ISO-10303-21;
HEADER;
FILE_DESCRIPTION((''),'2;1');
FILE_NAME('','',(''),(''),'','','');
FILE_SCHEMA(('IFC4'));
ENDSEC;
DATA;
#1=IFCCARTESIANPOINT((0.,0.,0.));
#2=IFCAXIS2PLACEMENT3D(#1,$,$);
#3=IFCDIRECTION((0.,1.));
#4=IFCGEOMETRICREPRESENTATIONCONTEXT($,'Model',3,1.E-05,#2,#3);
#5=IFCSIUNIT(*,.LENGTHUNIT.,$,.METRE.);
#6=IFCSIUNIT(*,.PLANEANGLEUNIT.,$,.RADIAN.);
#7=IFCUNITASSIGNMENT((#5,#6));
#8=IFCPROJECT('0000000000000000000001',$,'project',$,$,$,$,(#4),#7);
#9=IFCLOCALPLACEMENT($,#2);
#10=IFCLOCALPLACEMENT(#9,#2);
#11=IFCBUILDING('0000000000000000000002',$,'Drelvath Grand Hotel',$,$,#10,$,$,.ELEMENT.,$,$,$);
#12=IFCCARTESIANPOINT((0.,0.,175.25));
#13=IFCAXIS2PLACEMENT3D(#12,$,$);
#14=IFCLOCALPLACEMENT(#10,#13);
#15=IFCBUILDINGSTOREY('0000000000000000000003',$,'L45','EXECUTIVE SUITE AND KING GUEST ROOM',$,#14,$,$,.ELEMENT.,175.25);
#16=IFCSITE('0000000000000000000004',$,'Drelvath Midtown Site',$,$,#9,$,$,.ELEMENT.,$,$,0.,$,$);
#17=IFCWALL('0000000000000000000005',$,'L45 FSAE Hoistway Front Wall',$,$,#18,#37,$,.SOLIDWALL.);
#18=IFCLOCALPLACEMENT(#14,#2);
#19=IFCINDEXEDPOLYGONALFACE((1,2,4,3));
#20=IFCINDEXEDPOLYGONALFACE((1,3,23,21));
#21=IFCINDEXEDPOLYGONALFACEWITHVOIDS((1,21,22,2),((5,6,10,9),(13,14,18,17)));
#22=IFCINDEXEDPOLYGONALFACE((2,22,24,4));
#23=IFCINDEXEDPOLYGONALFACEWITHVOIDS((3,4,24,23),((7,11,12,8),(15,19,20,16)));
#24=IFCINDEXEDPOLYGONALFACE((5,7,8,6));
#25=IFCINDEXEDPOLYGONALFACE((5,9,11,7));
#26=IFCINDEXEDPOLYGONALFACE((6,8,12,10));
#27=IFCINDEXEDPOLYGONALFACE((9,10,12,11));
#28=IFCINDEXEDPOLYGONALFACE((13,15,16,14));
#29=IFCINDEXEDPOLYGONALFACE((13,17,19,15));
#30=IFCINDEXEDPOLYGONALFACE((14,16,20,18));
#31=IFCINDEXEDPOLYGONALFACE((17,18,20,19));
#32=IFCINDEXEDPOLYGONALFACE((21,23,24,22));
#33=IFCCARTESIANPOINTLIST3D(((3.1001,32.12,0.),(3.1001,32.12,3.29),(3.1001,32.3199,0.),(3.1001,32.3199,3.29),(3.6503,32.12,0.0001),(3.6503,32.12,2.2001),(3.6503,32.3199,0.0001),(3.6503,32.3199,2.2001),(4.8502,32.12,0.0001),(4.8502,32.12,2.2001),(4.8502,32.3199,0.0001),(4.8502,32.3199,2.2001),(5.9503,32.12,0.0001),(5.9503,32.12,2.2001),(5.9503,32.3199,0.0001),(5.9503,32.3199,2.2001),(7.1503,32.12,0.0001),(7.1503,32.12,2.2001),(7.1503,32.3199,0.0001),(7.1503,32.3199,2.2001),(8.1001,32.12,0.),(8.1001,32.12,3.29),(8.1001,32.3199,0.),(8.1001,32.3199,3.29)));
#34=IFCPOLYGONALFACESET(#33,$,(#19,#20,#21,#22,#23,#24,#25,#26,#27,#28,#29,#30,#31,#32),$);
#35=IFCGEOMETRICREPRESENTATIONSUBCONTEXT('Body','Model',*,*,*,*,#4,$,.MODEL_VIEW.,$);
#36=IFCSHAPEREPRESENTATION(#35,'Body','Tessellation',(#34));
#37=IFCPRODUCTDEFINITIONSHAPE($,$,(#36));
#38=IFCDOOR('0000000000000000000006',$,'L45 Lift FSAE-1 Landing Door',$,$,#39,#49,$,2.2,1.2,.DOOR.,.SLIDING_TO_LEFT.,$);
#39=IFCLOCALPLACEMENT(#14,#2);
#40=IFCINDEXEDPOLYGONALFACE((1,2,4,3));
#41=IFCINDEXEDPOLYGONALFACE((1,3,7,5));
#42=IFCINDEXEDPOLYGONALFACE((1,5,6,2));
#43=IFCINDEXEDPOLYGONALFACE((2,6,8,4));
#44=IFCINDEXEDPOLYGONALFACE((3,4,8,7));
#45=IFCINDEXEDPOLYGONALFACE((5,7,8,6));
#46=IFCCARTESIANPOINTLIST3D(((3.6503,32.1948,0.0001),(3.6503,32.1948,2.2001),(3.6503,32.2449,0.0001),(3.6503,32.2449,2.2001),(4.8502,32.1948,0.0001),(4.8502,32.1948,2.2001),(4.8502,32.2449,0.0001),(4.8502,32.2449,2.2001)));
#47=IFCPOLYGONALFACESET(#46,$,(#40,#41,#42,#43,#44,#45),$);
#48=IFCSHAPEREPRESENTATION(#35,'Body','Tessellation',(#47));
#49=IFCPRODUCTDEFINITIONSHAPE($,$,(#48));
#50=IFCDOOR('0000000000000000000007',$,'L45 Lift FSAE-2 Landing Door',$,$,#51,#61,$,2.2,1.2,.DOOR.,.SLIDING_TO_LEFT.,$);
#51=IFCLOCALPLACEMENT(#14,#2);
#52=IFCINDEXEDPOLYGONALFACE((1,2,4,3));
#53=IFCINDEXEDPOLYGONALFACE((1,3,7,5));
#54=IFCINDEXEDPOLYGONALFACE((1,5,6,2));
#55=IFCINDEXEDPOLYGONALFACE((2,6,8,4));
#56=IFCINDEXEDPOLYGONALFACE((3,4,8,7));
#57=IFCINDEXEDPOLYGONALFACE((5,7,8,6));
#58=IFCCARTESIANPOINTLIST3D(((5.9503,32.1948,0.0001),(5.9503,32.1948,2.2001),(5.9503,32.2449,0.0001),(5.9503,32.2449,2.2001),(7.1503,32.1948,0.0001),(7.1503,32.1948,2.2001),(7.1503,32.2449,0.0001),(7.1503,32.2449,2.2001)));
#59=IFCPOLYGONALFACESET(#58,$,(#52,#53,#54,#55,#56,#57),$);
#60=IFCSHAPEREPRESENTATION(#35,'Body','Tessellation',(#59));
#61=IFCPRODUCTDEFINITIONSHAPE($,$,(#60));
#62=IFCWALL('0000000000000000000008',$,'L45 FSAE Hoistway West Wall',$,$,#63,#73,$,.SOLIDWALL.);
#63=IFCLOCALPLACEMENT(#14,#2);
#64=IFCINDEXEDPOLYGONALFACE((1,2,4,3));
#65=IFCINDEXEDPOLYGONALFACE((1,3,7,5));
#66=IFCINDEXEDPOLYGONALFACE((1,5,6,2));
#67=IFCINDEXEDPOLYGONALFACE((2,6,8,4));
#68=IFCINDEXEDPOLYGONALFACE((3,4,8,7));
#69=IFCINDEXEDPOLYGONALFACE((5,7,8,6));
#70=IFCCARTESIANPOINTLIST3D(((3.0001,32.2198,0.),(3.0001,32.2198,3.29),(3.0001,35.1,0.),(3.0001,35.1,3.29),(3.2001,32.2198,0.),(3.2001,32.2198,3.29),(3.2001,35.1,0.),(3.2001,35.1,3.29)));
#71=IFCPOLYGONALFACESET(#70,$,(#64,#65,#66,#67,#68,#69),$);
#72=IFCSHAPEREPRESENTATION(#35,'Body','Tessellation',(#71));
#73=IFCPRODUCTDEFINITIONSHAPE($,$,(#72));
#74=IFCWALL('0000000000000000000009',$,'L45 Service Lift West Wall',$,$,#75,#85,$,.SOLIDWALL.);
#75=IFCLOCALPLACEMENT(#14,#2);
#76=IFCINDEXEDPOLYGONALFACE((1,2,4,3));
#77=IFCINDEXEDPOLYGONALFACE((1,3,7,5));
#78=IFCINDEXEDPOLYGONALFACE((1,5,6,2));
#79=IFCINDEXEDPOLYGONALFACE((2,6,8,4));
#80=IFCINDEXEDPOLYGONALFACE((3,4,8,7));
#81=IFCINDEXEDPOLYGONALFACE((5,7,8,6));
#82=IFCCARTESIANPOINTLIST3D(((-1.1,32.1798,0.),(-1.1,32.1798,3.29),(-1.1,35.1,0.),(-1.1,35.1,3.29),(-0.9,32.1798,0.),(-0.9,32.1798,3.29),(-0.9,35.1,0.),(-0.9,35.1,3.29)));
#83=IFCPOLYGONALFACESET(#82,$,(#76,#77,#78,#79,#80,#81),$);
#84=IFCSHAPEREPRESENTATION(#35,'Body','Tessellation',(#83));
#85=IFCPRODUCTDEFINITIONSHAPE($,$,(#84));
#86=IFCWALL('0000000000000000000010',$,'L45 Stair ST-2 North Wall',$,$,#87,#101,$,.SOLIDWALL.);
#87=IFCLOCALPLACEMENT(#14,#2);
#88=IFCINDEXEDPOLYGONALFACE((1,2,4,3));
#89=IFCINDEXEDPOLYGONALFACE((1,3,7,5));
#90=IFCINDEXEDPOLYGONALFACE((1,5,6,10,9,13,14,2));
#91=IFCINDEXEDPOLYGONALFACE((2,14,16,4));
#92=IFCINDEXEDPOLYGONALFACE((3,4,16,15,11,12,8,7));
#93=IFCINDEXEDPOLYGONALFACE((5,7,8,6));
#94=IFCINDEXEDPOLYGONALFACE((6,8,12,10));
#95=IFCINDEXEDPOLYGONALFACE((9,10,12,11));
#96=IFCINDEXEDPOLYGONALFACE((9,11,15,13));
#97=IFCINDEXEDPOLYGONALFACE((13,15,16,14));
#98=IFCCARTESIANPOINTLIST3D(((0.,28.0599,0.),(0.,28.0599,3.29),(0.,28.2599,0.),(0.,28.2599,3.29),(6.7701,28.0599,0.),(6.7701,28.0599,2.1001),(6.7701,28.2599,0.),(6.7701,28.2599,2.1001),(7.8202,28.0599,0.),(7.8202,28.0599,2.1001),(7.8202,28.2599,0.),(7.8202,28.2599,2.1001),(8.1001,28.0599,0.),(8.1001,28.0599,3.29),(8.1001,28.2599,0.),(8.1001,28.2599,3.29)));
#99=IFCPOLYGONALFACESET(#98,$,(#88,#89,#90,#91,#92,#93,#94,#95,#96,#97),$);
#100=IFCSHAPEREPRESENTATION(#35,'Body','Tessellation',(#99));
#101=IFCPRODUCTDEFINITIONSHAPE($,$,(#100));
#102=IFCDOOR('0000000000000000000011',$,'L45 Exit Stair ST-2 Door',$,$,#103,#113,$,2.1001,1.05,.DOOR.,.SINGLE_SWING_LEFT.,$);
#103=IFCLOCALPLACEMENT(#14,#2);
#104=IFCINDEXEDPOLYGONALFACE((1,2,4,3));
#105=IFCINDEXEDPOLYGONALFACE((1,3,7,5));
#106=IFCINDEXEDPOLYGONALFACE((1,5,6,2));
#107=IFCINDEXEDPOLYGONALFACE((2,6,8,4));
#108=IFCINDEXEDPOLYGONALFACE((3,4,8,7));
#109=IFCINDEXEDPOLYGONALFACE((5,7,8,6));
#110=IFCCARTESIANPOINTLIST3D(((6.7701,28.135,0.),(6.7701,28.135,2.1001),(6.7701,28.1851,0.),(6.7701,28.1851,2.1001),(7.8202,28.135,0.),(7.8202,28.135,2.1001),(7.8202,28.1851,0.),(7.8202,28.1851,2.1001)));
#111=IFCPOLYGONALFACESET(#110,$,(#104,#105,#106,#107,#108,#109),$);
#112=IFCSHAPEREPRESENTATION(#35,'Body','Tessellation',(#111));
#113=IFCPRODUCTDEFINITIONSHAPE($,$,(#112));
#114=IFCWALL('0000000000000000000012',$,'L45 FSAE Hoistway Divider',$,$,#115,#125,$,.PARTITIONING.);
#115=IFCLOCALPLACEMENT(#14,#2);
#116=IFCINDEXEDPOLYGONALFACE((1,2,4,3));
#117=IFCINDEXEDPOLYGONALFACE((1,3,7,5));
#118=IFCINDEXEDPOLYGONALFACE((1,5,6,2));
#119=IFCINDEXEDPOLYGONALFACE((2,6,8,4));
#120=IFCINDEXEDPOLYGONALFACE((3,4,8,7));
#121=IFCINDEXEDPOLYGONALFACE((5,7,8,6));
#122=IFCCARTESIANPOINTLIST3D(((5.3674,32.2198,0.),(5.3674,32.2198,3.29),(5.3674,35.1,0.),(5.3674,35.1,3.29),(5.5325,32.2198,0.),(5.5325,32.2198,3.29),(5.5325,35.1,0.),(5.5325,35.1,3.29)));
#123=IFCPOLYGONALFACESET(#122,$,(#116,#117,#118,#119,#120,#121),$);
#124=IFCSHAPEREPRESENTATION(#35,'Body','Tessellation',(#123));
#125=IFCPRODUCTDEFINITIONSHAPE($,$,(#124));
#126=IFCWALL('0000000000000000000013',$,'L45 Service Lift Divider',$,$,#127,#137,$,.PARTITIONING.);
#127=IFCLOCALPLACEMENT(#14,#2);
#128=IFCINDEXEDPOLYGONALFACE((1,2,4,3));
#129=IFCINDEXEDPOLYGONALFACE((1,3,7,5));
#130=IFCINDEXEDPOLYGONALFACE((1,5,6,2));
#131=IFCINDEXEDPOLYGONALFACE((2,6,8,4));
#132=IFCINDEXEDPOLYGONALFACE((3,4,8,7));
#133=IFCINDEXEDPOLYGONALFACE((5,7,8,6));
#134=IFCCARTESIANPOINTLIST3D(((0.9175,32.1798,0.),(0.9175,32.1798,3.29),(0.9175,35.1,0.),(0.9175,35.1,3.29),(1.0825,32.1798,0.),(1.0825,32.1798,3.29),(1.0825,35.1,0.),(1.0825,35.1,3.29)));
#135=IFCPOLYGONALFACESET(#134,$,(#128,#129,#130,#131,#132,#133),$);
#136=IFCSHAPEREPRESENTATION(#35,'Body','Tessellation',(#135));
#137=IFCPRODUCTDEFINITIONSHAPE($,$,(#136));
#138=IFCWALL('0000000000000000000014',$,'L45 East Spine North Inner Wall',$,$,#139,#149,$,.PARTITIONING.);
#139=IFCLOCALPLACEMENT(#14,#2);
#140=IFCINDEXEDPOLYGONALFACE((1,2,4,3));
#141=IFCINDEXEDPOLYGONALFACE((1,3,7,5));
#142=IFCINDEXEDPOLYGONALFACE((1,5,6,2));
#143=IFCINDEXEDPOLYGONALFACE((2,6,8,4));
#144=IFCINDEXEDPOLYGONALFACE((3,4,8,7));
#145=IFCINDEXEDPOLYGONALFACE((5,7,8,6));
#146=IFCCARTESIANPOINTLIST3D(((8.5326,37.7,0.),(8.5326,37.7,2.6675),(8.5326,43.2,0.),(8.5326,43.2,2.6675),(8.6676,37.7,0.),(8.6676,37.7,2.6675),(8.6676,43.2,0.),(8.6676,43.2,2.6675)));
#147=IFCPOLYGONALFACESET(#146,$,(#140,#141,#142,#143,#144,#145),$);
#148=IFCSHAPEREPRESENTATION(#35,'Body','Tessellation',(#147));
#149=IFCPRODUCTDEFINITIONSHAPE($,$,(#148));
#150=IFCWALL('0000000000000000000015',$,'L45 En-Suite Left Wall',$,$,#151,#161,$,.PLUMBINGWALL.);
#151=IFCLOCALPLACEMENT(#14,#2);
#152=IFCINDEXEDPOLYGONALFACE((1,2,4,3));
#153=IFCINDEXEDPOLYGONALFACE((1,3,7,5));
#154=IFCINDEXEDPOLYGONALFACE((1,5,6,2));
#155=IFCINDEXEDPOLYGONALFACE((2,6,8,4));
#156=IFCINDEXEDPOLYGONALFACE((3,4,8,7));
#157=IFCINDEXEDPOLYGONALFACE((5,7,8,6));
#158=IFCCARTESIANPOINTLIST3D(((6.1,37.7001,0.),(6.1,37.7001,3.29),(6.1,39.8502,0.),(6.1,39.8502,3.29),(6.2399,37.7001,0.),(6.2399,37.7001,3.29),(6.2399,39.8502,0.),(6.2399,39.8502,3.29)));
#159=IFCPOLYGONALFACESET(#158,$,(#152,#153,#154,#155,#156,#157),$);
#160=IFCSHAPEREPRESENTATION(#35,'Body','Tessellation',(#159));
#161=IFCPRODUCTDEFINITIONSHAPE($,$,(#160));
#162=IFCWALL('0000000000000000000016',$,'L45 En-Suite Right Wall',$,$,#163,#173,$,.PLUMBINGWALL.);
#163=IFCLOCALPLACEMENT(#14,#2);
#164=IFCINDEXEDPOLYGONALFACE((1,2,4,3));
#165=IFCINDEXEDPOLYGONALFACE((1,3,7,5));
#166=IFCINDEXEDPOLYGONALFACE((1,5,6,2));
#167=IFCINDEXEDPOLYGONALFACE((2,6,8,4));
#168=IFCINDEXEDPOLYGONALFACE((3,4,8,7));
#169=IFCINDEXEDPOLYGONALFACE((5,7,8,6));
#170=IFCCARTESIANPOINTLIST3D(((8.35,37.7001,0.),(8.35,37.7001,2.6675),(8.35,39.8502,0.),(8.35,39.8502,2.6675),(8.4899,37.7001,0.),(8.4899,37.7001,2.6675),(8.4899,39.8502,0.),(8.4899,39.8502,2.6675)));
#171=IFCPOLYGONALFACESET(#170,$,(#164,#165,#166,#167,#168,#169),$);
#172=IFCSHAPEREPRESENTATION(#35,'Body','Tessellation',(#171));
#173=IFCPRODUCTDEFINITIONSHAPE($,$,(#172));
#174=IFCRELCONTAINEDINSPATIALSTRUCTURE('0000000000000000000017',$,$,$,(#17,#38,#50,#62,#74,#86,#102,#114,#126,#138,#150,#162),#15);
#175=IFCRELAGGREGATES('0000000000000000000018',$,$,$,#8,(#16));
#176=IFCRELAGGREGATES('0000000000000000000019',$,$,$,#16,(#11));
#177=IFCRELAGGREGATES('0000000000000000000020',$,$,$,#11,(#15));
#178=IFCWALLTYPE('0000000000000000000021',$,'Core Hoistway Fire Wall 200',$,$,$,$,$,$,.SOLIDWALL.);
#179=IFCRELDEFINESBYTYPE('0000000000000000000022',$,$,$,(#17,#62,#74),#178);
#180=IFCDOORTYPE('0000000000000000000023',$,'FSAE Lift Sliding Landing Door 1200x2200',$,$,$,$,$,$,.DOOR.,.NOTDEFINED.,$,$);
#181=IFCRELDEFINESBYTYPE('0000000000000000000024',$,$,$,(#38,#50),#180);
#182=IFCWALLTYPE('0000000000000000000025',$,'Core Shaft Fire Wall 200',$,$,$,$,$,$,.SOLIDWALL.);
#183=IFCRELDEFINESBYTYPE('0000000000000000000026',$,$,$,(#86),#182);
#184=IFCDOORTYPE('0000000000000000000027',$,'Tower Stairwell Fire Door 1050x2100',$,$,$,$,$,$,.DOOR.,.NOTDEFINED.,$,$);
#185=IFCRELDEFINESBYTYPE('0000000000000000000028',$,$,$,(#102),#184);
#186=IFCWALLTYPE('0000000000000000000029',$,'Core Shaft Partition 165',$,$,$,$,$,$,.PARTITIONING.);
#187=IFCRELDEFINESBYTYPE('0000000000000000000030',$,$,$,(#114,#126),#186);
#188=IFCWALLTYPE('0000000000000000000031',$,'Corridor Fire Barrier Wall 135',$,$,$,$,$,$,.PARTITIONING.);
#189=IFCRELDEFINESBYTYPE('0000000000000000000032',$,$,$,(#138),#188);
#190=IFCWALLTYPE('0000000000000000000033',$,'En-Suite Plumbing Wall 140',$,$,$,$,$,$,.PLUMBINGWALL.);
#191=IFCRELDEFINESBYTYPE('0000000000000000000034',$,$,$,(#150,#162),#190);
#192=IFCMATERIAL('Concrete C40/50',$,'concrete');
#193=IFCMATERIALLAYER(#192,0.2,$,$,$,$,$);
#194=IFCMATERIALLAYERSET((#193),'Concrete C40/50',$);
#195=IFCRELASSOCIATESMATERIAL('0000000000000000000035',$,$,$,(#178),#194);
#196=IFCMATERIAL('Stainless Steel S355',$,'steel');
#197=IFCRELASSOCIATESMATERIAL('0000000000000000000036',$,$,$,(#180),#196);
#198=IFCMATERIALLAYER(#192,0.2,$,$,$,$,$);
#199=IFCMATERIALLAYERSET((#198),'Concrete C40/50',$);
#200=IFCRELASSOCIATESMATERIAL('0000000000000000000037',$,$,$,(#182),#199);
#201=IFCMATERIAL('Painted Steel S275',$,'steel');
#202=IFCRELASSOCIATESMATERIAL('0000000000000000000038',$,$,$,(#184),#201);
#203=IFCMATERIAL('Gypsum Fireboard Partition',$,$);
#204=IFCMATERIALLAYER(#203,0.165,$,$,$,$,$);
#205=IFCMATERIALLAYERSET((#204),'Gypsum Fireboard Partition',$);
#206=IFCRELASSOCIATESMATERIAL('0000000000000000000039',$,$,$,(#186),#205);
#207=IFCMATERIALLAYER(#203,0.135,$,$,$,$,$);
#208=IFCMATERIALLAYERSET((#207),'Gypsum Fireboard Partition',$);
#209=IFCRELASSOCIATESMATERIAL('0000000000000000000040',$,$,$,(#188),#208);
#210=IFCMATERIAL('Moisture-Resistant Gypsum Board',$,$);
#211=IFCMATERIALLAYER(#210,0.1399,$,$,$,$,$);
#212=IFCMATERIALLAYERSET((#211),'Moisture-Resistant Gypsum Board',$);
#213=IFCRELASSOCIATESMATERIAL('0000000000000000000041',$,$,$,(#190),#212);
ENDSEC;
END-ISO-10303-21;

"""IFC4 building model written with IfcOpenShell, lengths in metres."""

from ifc_helpers import new_model, si_unit, direction, frame, frame_2d, origin, place, context, subcontext, project, spatial, rectangle, extrude, material, layer, layer_set, type_object, element, fill, save


model = new_model("IFC4")

# Units and contexts
model_context = context("Model", 3, precision=1e-05, world=origin(), true_north=direction((0.0, 1.0)))
body_context = subcontext(model_context, "Body", "Model", "MODEL_VIEW")
ifc_project = project(units=[si_unit("LENGTHUNIT", "METRE"), si_unit("PLANEANGLEUNIT", "RADIAN")], contexts=[model_context])

# Site, building, storey
site_placement = place(None, origin())
site = spatial("IfcSite", under=ifc_project, at=site_placement, Name="Drelvath Midtown Site", CompositionType="ELEMENT", RefElevation=0.0)
building_placement = place(site_placement, origin())
building = spatial("IfcBuilding", under=site, at=building_placement, Name="Drelvath Grand Hotel", CompositionType="ELEMENT")
storey_placement = place(building_placement, frame((0.0, 0.0, 175.25)))
storey = spatial("IfcBuildingStorey", under=building, at=storey_placement, Name="L45", Description="EXECUTIVE SUITE AND KING GUEST ROOM", CompositionType="ELEMENT", Elevation=175.25)

# Wall, openings, doors
ifc_material_1 = material(Name="Concrete C40/50", Category="concrete")
ifc_layer_1 = layer(ifc_material_1, 0.2)
ifc_layer_set_1 = layer_set([ifc_layer_1], Name="Concrete C40/50")
wall_type_1 = type_object("IfcWallType", Name="Core Hoistway Fire Wall 200", PredefinedType="SOLIDWALL", material=ifc_layer_set_1)
wall_1_placement = place(storey_placement, frame((3.1001, 32.22, 0.0), z_axis=(0.0, 0.0, 1.0), x_axis=(1.0, 0.0, 0.0)))
wall_1 = element("IfcWall", 1, at=wall_1_placement, inside=storey, type_object=wall_type_1, Name="L45 FSAE Hoistway Front Wall", PredefinedType="SOLIDWALL", context=body_context, shape_type="SweptSolid", body=[
    extrude(rectangle(XDim=5.0, YDim=0.2, at=frame_2d((2.5, 0.0))), origin(), (0.0, 0.0, 1.0), 3.29),
])
opening_1_placement = place(wall_1_placement, frame((0.55, 0.0, 0.0)))
opening_1 = element("IfcOpeningElement", 2, at=opening_1_placement, cuts=wall_1, PredefinedType="OPENING", context=body_context, shape_type="SweptSolid", body=[
    extrude(rectangle(XDim=1.2, YDim=2.2, at=frame_2d((0.6001, 1.1001))), frame((0.0, 0.1099, 0.0), z_axis=(0.0, -1.0, 0.0), x_axis=(1.0, 0.0, 0.0)), (0.0, 0.0, 1.0), 0.22),
])
opening_2_placement = place(wall_1_placement, frame((2.8501, 0.0, 0.0)))
opening_2 = element("IfcOpeningElement", 3, at=opening_2_placement, cuts=wall_1, PredefinedType="OPENING", context=body_context, shape_type="SweptSolid", body=[
    extrude(rectangle(XDim=1.2, YDim=2.2, at=frame_2d((0.6001, 1.1001))), frame((0.0, 0.1099, 0.0), z_axis=(0.0, -1.0, 0.0), x_axis=(1.0, 0.0, 0.0)), (0.0, 0.0, 1.0), 0.22),
])
ifc_material_2 = material(Name="Stainless Steel S355", Category="steel")
door_type_1 = type_object("IfcDoorType", Name="FSAE Lift Sliding Landing Door 1200x2200", OperationType="NOTDEFINED", PredefinedType="DOOR", material=ifc_material_2)
door_1_placement = place(opening_1_placement, origin())
door_1 = element("IfcDoor", 4, at=door_1_placement, inside=storey, type_object=door_type_1, Name="L45 Lift FSAE-1 Landing Door", OperationType="SLIDING_TO_LEFT", OverallHeight=2.2, OverallWidth=1.2, PredefinedType="DOOR", context=body_context, shape_type="SweptSolid", body=[
    extrude(rectangle(XDim=1.2, YDim=2.2, at=frame_2d((0.6001, 1.1001))), frame((0.0, 0.0249, 0.0), z_axis=(0.0, -1.0, 0.0), x_axis=(1.0, 0.0, 0.0)), (0.0, 0.0, 1.0), 0.05),
])
fill(opening_1, door_1)
door_2_placement = place(opening_2_placement, origin())
door_2 = element("IfcDoor", 5, at=door_2_placement, inside=storey, type_object=door_type_1, Name="L45 Lift FSAE-2 Landing Door", OperationType="SLIDING_TO_LEFT", OverallHeight=2.2, OverallWidth=1.2, PredefinedType="DOOR", context=body_context, shape_type="SweptSolid", body=[
    extrude(rectangle(XDim=1.2, YDim=2.2, at=frame_2d((0.6001, 1.1001))), frame((0.0, 0.0249, 0.0), z_axis=(0.0, -1.0, 0.0), x_axis=(1.0, 0.0, 0.0)), (0.0, 0.0, 1.0), 0.05),
])
fill(opening_2, door_2)

# Walls
wall_2_placement = place(storey_placement, frame((3.1001, 32.22, 0.0), z_axis=(0.0, 0.0, 1.0), x_axis=(0.0, 1.0, 0.0)))
element("IfcWall", 6, at=wall_2_placement, inside=storey, type_object=wall_type_1, Name="L45 FSAE Hoistway West Wall", PredefinedType="SOLIDWALL", context=body_context, shape_type="SweptSolid", body=[
    extrude(rectangle(XDim=2.8801, YDim=0.2, at=frame_2d((1.4399, 0.0))), origin(), (0.0, 0.0, 1.0), 3.29),
])
wall_3_placement = place(storey_placement, frame((-1.0, 32.1799, 0.0), z_axis=(0.0, 0.0, 1.0), x_axis=(0.0, 1.0, 0.0)))
element("IfcWall", 7, at=wall_3_placement, inside=storey, type_object=wall_type_1, Name="L45 Service Lift West Wall", PredefinedType="SOLIDWALL", context=body_context, shape_type="SweptSolid", body=[
    extrude(rectangle(XDim=2.9202, YDim=0.2, at=frame_2d((1.46, 0.0))), origin(), (0.0, 0.0, 1.0), 3.29),
])

# Wall, opening, door
ifc_layer_2 = layer(ifc_material_1, 0.2)
ifc_layer_set_2 = layer_set([ifc_layer_2], Name="Concrete C40/50")
wall_type_2 = type_object("IfcWallType", Name="Core Shaft Fire Wall 200", PredefinedType="SOLIDWALL", material=ifc_layer_set_2)
wall_4_placement = place(storey_placement, frame((8.1001, 28.1599, 0.0), z_axis=(0.0, 0.0, 1.0), x_axis=(-1.0, 0.0, 0.0)))
wall_4 = element("IfcWall", 8, at=wall_4_placement, inside=storey, type_object=wall_type_2, Name="L45 Stair ST-2 North Wall", PredefinedType="SOLIDWALL", context=body_context, shape_type="SweptSolid", body=[
    extrude(rectangle(XDim=8.1001, YDim=0.2, at=frame_2d((4.05, 0.0))), origin(), (0.0, 0.0, 1.0), 3.29),
])
opening_3_placement = place(wall_4_placement, frame((0.28, 0.0, 0.0)))
opening_3 = element("IfcOpeningElement", 9, at=opening_3_placement, cuts=wall_4, PredefinedType="OPENING", context=body_context, shape_type="SweptSolid", body=[
    extrude(rectangle(XDim=1.05, YDim=2.1001, at=frame_2d((0.5249, 1.05))), frame((0.0, 0.1099, 0.0), z_axis=(0.0, -1.0, 0.0), x_axis=(1.0, 0.0, 0.0)), (0.0, 0.0, 1.0), 0.22),
])
ifc_material_3 = material(Name="Painted Steel S275", Category="steel")
door_type_2 = type_object("IfcDoorType", Name="Tower Stairwell Fire Door 1050x2100", OperationType="NOTDEFINED", PredefinedType="DOOR", material=ifc_material_3)
door_3_placement = place(opening_3_placement, origin())
door_3 = element("IfcDoor", 10, at=door_3_placement, inside=storey, type_object=door_type_2, Name="L45 Exit Stair ST-2 Door", OperationType="SINGLE_SWING_LEFT", OverallHeight=2.1001, OverallWidth=1.05, PredefinedType="DOOR", context=body_context, shape_type="SweptSolid", body=[
    extrude(rectangle(XDim=1.05, YDim=2.1001, at=frame_2d((0.5249, 1.05))), frame((0.0, 0.0249, 0.0), z_axis=(0.0, -1.0, 0.0), x_axis=(1.0, 0.0, 0.0)), (0.0, 0.0, 1.0), 0.05),
])
fill(opening_3, door_3)

# Walls
ifc_material_4 = material(Name="Gypsum Fireboard Partition")
ifc_layer_3 = layer(ifc_material_4, 0.165)
ifc_layer_set_3 = layer_set([ifc_layer_3], Name="Gypsum Fireboard Partition")
wall_type_3 = type_object("IfcWallType", Name="Core Shaft Partition 165", PredefinedType="PARTITIONING", material=ifc_layer_set_3)
wall_5_placement = place(storey_placement, frame((5.45, 32.22, 0.0), z_axis=(0.0, 0.0, 1.0), x_axis=(0.0, 1.0, 0.0)))
element("IfcWall", 11, at=wall_5_placement, inside=storey, type_object=wall_type_3, Name="L45 FSAE Hoistway Divider", PredefinedType="PARTITIONING", context=body_context, shape_type="SweptSolid", body=[
    extrude(rectangle(XDim=2.8801, YDim=0.165, at=frame_2d((1.4399, 0.0))), origin(), (0.0, 0.0, 1.0), 3.29),
])
wall_6_placement = place(storey_placement, frame((1.0, 32.1799, 0.0), z_axis=(0.0, 0.0, 1.0), x_axis=(0.0, 1.0, 0.0)))
element("IfcWall", 12, at=wall_6_placement, inside=storey, type_object=wall_type_3, Name="L45 Service Lift Divider", PredefinedType="PARTITIONING", context=body_context, shape_type="SweptSolid", body=[
    extrude(rectangle(XDim=2.9202, YDim=0.165, at=frame_2d((1.46, 0.0))), origin(), (0.0, 0.0, 1.0), 3.29),
])
ifc_layer_4 = layer(ifc_material_4, 0.135)
ifc_layer_set_4 = layer_set([ifc_layer_4], Name="Gypsum Fireboard Partition")
wall_type_4 = type_object("IfcWallType", Name="Corridor Fire Barrier Wall 135", PredefinedType="PARTITIONING", material=ifc_layer_set_4)
wall_7_placement = place(storey_placement, frame((8.6001, 37.7, 0.0), z_axis=(0.0, 0.0, 1.0), x_axis=(0.0, 1.0, 0.0)))
element("IfcWall", 13, at=wall_7_placement, inside=storey, type_object=wall_type_4, Name="L45 East Spine North Inner Wall", PredefinedType="PARTITIONING", context=body_context, shape_type="SweptSolid", body=[
    extrude(rectangle(XDim=5.5, YDim=0.135, at=frame_2d((2.75, 0.0))), origin(), (0.0, 0.0, 1.0), 2.6675),
])
ifc_material_5 = material(Name="Moisture-Resistant Gypsum Board")
ifc_layer_5 = layer(ifc_material_5, 0.1399)
ifc_layer_set_5 = layer_set([ifc_layer_5], Name="Moisture-Resistant Gypsum Board")
wall_type_5 = type_object("IfcWallType", Name="En-Suite Plumbing Wall 140", PredefinedType="PLUMBINGWALL", material=ifc_layer_set_5)
wall_8_placement = place(storey_placement, frame((6.1699, 37.7, 0.0), z_axis=(0.0, 0.0, 1.0), x_axis=(0.0, 1.0, 0.0)))
element("IfcWall", 14, at=wall_8_placement, inside=storey, type_object=wall_type_5, Name="L45 En-Suite Left Wall", PredefinedType="PLUMBINGWALL", context=body_context, shape_type="SweptSolid", body=[
    extrude(rectangle(XDim=2.1501, YDim=0.1399, at=frame_2d((1.0752, 0.0))), origin(), (0.0, 0.0, 1.0), 3.29),
])
wall_9_placement = place(storey_placement, frame((8.4199, 37.7, 0.0), z_axis=(0.0, 0.0, 1.0), x_axis=(0.0, 1.0, 0.0)))
element("IfcWall", 15, at=wall_9_placement, inside=storey, type_object=wall_type_5, Name="L45 En-Suite Right Wall", PredefinedType="PLUMBINGWALL", context=body_context, shape_type="SweptSolid", body=[
    extrude(rectangle(XDim=2.1501, YDim=0.1399, at=frame_2d((1.0752, 0.0))), origin(), (0.0, 0.0, 1.0), 2.6675),
])

save(model, "model.ifc")
